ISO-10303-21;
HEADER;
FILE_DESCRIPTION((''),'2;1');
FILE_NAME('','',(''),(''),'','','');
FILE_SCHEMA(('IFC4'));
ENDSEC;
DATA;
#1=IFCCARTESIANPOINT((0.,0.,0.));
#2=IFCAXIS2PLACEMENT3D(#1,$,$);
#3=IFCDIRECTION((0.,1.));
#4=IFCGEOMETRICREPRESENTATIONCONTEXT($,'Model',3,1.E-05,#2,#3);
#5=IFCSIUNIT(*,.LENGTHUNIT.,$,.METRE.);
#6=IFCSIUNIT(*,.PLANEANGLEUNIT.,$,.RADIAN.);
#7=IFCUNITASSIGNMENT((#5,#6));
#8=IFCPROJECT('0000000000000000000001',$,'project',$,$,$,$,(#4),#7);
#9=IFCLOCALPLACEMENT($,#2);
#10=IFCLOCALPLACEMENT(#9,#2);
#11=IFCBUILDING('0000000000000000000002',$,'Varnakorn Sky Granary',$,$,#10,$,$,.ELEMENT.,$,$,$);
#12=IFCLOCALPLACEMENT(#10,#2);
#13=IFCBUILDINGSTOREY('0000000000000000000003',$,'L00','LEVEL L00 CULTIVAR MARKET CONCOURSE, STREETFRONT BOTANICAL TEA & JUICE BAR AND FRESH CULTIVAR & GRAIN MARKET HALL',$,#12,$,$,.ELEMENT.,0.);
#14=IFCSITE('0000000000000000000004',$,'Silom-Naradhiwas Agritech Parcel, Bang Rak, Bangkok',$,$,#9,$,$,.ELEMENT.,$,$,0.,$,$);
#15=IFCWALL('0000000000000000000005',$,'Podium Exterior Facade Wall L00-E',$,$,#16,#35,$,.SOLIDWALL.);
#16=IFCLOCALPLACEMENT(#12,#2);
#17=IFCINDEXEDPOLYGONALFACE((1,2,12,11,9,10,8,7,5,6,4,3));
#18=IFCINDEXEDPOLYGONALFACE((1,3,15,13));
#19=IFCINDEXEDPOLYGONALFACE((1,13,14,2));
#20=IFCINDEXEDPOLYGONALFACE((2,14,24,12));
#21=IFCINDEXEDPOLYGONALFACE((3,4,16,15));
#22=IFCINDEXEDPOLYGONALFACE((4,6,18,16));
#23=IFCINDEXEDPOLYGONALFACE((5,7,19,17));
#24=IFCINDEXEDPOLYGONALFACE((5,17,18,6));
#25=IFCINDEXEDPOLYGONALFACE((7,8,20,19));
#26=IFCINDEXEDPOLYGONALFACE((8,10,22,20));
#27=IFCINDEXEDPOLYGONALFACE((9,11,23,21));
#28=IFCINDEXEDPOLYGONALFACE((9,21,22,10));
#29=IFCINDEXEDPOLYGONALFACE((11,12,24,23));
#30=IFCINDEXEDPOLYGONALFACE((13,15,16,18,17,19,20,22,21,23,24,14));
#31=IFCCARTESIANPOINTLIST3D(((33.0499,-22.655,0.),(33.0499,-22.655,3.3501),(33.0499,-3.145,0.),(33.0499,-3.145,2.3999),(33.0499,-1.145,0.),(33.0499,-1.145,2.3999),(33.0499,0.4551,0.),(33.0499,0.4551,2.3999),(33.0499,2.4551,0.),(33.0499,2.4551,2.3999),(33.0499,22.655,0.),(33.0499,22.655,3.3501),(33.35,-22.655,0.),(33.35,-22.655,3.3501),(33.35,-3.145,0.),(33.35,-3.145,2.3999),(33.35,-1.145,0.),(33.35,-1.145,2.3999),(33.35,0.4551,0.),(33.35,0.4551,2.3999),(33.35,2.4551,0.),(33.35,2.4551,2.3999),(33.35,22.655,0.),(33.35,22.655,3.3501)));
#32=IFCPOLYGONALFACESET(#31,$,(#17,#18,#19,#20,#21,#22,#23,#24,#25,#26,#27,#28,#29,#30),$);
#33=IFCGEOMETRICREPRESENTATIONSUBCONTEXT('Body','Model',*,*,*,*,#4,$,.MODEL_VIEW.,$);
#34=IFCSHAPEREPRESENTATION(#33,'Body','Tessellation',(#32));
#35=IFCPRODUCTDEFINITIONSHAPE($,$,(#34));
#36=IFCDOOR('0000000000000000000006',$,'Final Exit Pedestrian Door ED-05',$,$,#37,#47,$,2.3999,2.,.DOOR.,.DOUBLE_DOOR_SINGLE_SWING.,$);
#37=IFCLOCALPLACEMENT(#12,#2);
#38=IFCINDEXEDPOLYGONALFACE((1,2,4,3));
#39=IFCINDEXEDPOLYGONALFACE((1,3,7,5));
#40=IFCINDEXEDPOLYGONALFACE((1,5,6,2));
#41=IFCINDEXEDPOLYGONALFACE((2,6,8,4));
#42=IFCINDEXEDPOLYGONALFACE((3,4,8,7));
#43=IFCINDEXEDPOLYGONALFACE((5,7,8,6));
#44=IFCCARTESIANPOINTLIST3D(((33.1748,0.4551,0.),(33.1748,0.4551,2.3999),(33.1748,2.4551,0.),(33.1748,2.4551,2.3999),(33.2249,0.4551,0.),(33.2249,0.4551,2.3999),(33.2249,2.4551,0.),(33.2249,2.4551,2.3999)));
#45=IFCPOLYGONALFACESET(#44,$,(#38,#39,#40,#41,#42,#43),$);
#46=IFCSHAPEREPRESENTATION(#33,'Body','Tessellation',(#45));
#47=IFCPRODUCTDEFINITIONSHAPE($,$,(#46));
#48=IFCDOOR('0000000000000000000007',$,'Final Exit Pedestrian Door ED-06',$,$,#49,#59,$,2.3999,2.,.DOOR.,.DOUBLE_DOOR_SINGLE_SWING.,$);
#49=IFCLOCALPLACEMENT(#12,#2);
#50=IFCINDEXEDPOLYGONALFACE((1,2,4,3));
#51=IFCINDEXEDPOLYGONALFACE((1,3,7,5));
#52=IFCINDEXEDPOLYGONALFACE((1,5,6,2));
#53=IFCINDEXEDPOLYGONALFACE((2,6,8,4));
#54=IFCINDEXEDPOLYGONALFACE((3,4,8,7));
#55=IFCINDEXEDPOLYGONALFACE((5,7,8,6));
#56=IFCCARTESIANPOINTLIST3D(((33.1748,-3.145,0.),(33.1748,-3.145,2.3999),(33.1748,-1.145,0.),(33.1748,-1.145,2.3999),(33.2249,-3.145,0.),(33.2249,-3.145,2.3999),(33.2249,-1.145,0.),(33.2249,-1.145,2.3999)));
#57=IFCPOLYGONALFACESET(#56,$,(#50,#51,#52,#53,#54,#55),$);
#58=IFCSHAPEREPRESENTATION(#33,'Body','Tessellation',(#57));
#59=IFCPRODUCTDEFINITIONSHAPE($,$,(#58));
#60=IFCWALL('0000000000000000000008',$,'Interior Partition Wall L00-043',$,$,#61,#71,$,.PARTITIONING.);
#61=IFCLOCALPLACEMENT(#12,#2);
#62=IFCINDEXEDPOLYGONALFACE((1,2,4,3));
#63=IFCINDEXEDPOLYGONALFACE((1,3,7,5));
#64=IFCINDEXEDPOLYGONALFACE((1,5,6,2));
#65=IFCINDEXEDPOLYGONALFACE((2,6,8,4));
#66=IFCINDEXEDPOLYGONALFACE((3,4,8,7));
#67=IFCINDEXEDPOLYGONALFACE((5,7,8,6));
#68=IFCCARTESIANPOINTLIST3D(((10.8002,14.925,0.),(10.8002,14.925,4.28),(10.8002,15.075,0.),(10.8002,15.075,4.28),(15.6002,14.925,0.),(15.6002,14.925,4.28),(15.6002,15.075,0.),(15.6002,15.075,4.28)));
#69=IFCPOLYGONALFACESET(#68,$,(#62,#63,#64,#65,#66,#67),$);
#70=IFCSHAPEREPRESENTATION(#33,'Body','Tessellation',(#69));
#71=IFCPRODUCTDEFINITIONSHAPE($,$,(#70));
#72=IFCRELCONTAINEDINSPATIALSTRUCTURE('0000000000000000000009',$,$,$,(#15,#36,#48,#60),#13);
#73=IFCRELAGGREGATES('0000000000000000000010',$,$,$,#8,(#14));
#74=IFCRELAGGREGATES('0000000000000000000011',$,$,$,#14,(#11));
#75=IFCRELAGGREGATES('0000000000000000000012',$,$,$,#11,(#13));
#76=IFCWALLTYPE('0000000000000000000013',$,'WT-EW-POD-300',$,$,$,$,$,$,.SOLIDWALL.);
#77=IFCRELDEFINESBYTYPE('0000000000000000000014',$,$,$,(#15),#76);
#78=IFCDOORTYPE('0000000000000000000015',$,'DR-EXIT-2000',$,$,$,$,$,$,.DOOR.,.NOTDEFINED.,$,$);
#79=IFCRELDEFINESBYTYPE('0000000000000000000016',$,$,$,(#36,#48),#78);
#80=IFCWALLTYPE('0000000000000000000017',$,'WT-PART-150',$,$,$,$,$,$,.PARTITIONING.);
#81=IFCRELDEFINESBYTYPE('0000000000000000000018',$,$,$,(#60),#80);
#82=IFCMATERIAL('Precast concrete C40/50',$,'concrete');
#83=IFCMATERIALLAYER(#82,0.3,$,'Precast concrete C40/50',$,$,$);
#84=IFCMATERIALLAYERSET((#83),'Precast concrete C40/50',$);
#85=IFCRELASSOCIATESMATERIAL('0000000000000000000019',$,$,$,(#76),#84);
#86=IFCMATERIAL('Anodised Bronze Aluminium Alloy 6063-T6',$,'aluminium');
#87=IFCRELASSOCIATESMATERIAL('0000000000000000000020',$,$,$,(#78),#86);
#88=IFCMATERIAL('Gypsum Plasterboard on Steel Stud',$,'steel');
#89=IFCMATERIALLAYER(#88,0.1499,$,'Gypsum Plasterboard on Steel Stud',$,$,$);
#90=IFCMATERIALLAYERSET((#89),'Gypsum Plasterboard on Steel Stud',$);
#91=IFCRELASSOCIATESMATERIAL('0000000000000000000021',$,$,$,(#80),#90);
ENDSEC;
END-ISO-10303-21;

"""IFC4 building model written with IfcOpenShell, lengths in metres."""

from ifc_helpers import new_model, si_unit, direction, frame, frame_2d, origin, place, context, subcontext, project, spatial, rectangle, extrude, material, layer, layer_set, type_object, element, fill, save


model = new_model("IFC4")

# Units and contexts
model_context = context("Model", 3, precision=1e-05, world=origin(), true_north=direction((0.0, 1.0)))
body_context = subcontext(model_context, "Body", "Model", "MODEL_VIEW")
ifc_project = project(units=[si_unit("LENGTHUNIT", "METRE"), si_unit("PLANEANGLEUNIT", "RADIAN")], contexts=[model_context])

# Site, building, storey
site_placement = place(None, origin())
site = spatial("IfcSite", under=ifc_project, at=site_placement, Name="Silom-Naradhiwas Agritech Parcel, Bang Rak, Bangkok", CompositionType="ELEMENT", RefElevation=0.0)
building_placement = place(site_placement, origin())
building = spatial("IfcBuilding", under=site, at=building_placement, Name="Varnakorn Sky Granary", CompositionType="ELEMENT")
storey_placement = place(building_placement, origin())
storey = spatial("IfcBuildingStorey", under=building, at=storey_placement, Name="L00", Description="LEVEL L00 CULTIVAR MARKET CONCOURSE, STREETFRONT BOTANICAL TEA & JUICE BAR AND FRESH CULTIVAR & GRAIN MARKET HALL", CompositionType="ELEMENT", Elevation=0.0)

# Wall, openings, doors
ifc_material_1 = material(Name="Precast concrete C40/50", Category="concrete")
ifc_layer_1 = layer(ifc_material_1, 0.3, Name="Precast concrete C40/50")
ifc_layer_set_1 = layer_set([ifc_layer_1], Name="Precast concrete C40/50")
wall_type_1 = type_object("IfcWallType", Name="WT-EW-POD-300", PredefinedType="SOLIDWALL", material=ifc_layer_set_1)
wall_1_placement = place(storey_placement, frame((33.2, 22.655, 0.0), z_axis=(0.0, 0.0, 1.0), x_axis=(0.0, -1.0, 0.0)))
wall_1 = element("IfcWall", 1, at=wall_1_placement, inside=storey, type_object=wall_type_1, Name="Podium Exterior Facade Wall L00-E", PredefinedType="SOLIDWALL", context=body_context, shape_type="SweptSolid", body=[
    extrude(rectangle(XDim=45.3101, YDim=0.3, at=frame_2d((22.655, 0.0))), origin(), (0.0, 0.0, 1.0), 3.3501),
])
opening_1_placement = place(wall_1_placement, frame((20.2, 0.0, 0.0)))
opening_1 = element("IfcOpeningElement", 2, at=opening_1_placement, cuts=wall_1, PredefinedType="OPENING", context=body_context, shape_type="SweptSolid", body=[
    extrude(rectangle(XDim=2.0, YDim=2.3999, at=frame_2d((1.0, 1.2))), frame((0.0, 0.1602, 0.0), z_axis=(0.0, -1.0, 0.0), x_axis=(1.0, 0.0, 0.0)), (0.0, 0.0, 1.0), 0.3201),
])
opening_2_placement = place(wall_1_placement, frame((23.8, 0.0, 0.0)))
opening_2 = element("IfcOpeningElement", 3, at=opening_2_placement, cuts=wall_1, PredefinedType="OPENING", context=body_context, shape_type="SweptSolid", body=[
    extrude(rectangle(XDim=2.0, YDim=2.3999, at=frame_2d((1.0, 1.2))), frame((0.0, 0.1602, 0.0), z_axis=(0.0, -1.0, 0.0), x_axis=(1.0, 0.0, 0.0)), (0.0, 0.0, 1.0), 0.3201),
])
ifc_material_2 = material(Name="Anodised Bronze Aluminium Alloy 6063-T6", Category="aluminium")
door_type = type_object("IfcDoorType", Name="DR-EXIT-2000", OperationType="NOTDEFINED", PredefinedType="DOOR", material=ifc_material_2)
door_1_placement = place(opening_1_placement, origin())
door_1 = element("IfcDoor", 4, at=door_1_placement, inside=storey, type_object=door_type, Name="Final Exit Pedestrian Door ED-05", OperationType="DOUBLE_DOOR_SINGLE_SWING", OverallHeight=2.3999, OverallWidth=2.0, PredefinedType="DOOR", context=body_context, shape_type="SweptSolid", body=[
    extrude(rectangle(XDim=2.0, YDim=2.3999, at=frame_2d((1.0, 1.2))), frame((0.0, 0.0249, 0.0), z_axis=(0.0, -1.0, 0.0), x_axis=(1.0, 0.0, 0.0)), (0.0, 0.0, 1.0), 0.05),
])
fill(opening_1, door_1)
door_2_placement = place(opening_2_placement, origin())
door_2 = element("IfcDoor", 5, at=door_2_placement, inside=storey, type_object=door_type, Name="Final Exit Pedestrian Door ED-06", OperationType="DOUBLE_DOOR_SINGLE_SWING", OverallHeight=2.3999, OverallWidth=2.0, PredefinedType="DOOR", context=body_context, shape_type="SweptSolid", body=[
    extrude(rectangle(XDim=2.0, YDim=2.3999, at=frame_2d((1.0, 1.2))), frame((0.0, 0.0249, 0.0), z_axis=(0.0, -1.0, 0.0), x_axis=(1.0, 0.0, 0.0)), (0.0, 0.0, 1.0), 0.05),
])
fill(opening_2, door_2)

# Wall
ifc_material_3 = material(Name="Gypsum Plasterboard on Steel Stud", Category="steel")
ifc_layer_2 = layer(ifc_material_3, 0.1499, Name="Gypsum Plasterboard on Steel Stud")
ifc_layer_set_2 = layer_set([ifc_layer_2], Name="Gypsum Plasterboard on Steel Stud")
wall_type_2 = type_object("IfcWallType", Name="WT-PART-150", PredefinedType="PARTITIONING", material=ifc_layer_set_2)
wall_2_placement = place(storey_placement, frame((15.6001, 15.0, 0.0), z_axis=(0.0, 0.0, 1.0), x_axis=(-1.0, 0.0, 0.0)))
element("IfcWall", 6, at=wall_2_placement, inside=storey, type_object=wall_type_2, Name="Interior Partition Wall L00-043", PredefinedType="PARTITIONING", context=body_context, shape_type="SweptSolid", body=[
    extrude(rectangle(XDim=4.8, YDim=0.1499, at=frame_2d((2.3999, 0.0))), origin(), (0.0, 0.0, 1.0), 4.28),
])

save(model, "model.ifc")
